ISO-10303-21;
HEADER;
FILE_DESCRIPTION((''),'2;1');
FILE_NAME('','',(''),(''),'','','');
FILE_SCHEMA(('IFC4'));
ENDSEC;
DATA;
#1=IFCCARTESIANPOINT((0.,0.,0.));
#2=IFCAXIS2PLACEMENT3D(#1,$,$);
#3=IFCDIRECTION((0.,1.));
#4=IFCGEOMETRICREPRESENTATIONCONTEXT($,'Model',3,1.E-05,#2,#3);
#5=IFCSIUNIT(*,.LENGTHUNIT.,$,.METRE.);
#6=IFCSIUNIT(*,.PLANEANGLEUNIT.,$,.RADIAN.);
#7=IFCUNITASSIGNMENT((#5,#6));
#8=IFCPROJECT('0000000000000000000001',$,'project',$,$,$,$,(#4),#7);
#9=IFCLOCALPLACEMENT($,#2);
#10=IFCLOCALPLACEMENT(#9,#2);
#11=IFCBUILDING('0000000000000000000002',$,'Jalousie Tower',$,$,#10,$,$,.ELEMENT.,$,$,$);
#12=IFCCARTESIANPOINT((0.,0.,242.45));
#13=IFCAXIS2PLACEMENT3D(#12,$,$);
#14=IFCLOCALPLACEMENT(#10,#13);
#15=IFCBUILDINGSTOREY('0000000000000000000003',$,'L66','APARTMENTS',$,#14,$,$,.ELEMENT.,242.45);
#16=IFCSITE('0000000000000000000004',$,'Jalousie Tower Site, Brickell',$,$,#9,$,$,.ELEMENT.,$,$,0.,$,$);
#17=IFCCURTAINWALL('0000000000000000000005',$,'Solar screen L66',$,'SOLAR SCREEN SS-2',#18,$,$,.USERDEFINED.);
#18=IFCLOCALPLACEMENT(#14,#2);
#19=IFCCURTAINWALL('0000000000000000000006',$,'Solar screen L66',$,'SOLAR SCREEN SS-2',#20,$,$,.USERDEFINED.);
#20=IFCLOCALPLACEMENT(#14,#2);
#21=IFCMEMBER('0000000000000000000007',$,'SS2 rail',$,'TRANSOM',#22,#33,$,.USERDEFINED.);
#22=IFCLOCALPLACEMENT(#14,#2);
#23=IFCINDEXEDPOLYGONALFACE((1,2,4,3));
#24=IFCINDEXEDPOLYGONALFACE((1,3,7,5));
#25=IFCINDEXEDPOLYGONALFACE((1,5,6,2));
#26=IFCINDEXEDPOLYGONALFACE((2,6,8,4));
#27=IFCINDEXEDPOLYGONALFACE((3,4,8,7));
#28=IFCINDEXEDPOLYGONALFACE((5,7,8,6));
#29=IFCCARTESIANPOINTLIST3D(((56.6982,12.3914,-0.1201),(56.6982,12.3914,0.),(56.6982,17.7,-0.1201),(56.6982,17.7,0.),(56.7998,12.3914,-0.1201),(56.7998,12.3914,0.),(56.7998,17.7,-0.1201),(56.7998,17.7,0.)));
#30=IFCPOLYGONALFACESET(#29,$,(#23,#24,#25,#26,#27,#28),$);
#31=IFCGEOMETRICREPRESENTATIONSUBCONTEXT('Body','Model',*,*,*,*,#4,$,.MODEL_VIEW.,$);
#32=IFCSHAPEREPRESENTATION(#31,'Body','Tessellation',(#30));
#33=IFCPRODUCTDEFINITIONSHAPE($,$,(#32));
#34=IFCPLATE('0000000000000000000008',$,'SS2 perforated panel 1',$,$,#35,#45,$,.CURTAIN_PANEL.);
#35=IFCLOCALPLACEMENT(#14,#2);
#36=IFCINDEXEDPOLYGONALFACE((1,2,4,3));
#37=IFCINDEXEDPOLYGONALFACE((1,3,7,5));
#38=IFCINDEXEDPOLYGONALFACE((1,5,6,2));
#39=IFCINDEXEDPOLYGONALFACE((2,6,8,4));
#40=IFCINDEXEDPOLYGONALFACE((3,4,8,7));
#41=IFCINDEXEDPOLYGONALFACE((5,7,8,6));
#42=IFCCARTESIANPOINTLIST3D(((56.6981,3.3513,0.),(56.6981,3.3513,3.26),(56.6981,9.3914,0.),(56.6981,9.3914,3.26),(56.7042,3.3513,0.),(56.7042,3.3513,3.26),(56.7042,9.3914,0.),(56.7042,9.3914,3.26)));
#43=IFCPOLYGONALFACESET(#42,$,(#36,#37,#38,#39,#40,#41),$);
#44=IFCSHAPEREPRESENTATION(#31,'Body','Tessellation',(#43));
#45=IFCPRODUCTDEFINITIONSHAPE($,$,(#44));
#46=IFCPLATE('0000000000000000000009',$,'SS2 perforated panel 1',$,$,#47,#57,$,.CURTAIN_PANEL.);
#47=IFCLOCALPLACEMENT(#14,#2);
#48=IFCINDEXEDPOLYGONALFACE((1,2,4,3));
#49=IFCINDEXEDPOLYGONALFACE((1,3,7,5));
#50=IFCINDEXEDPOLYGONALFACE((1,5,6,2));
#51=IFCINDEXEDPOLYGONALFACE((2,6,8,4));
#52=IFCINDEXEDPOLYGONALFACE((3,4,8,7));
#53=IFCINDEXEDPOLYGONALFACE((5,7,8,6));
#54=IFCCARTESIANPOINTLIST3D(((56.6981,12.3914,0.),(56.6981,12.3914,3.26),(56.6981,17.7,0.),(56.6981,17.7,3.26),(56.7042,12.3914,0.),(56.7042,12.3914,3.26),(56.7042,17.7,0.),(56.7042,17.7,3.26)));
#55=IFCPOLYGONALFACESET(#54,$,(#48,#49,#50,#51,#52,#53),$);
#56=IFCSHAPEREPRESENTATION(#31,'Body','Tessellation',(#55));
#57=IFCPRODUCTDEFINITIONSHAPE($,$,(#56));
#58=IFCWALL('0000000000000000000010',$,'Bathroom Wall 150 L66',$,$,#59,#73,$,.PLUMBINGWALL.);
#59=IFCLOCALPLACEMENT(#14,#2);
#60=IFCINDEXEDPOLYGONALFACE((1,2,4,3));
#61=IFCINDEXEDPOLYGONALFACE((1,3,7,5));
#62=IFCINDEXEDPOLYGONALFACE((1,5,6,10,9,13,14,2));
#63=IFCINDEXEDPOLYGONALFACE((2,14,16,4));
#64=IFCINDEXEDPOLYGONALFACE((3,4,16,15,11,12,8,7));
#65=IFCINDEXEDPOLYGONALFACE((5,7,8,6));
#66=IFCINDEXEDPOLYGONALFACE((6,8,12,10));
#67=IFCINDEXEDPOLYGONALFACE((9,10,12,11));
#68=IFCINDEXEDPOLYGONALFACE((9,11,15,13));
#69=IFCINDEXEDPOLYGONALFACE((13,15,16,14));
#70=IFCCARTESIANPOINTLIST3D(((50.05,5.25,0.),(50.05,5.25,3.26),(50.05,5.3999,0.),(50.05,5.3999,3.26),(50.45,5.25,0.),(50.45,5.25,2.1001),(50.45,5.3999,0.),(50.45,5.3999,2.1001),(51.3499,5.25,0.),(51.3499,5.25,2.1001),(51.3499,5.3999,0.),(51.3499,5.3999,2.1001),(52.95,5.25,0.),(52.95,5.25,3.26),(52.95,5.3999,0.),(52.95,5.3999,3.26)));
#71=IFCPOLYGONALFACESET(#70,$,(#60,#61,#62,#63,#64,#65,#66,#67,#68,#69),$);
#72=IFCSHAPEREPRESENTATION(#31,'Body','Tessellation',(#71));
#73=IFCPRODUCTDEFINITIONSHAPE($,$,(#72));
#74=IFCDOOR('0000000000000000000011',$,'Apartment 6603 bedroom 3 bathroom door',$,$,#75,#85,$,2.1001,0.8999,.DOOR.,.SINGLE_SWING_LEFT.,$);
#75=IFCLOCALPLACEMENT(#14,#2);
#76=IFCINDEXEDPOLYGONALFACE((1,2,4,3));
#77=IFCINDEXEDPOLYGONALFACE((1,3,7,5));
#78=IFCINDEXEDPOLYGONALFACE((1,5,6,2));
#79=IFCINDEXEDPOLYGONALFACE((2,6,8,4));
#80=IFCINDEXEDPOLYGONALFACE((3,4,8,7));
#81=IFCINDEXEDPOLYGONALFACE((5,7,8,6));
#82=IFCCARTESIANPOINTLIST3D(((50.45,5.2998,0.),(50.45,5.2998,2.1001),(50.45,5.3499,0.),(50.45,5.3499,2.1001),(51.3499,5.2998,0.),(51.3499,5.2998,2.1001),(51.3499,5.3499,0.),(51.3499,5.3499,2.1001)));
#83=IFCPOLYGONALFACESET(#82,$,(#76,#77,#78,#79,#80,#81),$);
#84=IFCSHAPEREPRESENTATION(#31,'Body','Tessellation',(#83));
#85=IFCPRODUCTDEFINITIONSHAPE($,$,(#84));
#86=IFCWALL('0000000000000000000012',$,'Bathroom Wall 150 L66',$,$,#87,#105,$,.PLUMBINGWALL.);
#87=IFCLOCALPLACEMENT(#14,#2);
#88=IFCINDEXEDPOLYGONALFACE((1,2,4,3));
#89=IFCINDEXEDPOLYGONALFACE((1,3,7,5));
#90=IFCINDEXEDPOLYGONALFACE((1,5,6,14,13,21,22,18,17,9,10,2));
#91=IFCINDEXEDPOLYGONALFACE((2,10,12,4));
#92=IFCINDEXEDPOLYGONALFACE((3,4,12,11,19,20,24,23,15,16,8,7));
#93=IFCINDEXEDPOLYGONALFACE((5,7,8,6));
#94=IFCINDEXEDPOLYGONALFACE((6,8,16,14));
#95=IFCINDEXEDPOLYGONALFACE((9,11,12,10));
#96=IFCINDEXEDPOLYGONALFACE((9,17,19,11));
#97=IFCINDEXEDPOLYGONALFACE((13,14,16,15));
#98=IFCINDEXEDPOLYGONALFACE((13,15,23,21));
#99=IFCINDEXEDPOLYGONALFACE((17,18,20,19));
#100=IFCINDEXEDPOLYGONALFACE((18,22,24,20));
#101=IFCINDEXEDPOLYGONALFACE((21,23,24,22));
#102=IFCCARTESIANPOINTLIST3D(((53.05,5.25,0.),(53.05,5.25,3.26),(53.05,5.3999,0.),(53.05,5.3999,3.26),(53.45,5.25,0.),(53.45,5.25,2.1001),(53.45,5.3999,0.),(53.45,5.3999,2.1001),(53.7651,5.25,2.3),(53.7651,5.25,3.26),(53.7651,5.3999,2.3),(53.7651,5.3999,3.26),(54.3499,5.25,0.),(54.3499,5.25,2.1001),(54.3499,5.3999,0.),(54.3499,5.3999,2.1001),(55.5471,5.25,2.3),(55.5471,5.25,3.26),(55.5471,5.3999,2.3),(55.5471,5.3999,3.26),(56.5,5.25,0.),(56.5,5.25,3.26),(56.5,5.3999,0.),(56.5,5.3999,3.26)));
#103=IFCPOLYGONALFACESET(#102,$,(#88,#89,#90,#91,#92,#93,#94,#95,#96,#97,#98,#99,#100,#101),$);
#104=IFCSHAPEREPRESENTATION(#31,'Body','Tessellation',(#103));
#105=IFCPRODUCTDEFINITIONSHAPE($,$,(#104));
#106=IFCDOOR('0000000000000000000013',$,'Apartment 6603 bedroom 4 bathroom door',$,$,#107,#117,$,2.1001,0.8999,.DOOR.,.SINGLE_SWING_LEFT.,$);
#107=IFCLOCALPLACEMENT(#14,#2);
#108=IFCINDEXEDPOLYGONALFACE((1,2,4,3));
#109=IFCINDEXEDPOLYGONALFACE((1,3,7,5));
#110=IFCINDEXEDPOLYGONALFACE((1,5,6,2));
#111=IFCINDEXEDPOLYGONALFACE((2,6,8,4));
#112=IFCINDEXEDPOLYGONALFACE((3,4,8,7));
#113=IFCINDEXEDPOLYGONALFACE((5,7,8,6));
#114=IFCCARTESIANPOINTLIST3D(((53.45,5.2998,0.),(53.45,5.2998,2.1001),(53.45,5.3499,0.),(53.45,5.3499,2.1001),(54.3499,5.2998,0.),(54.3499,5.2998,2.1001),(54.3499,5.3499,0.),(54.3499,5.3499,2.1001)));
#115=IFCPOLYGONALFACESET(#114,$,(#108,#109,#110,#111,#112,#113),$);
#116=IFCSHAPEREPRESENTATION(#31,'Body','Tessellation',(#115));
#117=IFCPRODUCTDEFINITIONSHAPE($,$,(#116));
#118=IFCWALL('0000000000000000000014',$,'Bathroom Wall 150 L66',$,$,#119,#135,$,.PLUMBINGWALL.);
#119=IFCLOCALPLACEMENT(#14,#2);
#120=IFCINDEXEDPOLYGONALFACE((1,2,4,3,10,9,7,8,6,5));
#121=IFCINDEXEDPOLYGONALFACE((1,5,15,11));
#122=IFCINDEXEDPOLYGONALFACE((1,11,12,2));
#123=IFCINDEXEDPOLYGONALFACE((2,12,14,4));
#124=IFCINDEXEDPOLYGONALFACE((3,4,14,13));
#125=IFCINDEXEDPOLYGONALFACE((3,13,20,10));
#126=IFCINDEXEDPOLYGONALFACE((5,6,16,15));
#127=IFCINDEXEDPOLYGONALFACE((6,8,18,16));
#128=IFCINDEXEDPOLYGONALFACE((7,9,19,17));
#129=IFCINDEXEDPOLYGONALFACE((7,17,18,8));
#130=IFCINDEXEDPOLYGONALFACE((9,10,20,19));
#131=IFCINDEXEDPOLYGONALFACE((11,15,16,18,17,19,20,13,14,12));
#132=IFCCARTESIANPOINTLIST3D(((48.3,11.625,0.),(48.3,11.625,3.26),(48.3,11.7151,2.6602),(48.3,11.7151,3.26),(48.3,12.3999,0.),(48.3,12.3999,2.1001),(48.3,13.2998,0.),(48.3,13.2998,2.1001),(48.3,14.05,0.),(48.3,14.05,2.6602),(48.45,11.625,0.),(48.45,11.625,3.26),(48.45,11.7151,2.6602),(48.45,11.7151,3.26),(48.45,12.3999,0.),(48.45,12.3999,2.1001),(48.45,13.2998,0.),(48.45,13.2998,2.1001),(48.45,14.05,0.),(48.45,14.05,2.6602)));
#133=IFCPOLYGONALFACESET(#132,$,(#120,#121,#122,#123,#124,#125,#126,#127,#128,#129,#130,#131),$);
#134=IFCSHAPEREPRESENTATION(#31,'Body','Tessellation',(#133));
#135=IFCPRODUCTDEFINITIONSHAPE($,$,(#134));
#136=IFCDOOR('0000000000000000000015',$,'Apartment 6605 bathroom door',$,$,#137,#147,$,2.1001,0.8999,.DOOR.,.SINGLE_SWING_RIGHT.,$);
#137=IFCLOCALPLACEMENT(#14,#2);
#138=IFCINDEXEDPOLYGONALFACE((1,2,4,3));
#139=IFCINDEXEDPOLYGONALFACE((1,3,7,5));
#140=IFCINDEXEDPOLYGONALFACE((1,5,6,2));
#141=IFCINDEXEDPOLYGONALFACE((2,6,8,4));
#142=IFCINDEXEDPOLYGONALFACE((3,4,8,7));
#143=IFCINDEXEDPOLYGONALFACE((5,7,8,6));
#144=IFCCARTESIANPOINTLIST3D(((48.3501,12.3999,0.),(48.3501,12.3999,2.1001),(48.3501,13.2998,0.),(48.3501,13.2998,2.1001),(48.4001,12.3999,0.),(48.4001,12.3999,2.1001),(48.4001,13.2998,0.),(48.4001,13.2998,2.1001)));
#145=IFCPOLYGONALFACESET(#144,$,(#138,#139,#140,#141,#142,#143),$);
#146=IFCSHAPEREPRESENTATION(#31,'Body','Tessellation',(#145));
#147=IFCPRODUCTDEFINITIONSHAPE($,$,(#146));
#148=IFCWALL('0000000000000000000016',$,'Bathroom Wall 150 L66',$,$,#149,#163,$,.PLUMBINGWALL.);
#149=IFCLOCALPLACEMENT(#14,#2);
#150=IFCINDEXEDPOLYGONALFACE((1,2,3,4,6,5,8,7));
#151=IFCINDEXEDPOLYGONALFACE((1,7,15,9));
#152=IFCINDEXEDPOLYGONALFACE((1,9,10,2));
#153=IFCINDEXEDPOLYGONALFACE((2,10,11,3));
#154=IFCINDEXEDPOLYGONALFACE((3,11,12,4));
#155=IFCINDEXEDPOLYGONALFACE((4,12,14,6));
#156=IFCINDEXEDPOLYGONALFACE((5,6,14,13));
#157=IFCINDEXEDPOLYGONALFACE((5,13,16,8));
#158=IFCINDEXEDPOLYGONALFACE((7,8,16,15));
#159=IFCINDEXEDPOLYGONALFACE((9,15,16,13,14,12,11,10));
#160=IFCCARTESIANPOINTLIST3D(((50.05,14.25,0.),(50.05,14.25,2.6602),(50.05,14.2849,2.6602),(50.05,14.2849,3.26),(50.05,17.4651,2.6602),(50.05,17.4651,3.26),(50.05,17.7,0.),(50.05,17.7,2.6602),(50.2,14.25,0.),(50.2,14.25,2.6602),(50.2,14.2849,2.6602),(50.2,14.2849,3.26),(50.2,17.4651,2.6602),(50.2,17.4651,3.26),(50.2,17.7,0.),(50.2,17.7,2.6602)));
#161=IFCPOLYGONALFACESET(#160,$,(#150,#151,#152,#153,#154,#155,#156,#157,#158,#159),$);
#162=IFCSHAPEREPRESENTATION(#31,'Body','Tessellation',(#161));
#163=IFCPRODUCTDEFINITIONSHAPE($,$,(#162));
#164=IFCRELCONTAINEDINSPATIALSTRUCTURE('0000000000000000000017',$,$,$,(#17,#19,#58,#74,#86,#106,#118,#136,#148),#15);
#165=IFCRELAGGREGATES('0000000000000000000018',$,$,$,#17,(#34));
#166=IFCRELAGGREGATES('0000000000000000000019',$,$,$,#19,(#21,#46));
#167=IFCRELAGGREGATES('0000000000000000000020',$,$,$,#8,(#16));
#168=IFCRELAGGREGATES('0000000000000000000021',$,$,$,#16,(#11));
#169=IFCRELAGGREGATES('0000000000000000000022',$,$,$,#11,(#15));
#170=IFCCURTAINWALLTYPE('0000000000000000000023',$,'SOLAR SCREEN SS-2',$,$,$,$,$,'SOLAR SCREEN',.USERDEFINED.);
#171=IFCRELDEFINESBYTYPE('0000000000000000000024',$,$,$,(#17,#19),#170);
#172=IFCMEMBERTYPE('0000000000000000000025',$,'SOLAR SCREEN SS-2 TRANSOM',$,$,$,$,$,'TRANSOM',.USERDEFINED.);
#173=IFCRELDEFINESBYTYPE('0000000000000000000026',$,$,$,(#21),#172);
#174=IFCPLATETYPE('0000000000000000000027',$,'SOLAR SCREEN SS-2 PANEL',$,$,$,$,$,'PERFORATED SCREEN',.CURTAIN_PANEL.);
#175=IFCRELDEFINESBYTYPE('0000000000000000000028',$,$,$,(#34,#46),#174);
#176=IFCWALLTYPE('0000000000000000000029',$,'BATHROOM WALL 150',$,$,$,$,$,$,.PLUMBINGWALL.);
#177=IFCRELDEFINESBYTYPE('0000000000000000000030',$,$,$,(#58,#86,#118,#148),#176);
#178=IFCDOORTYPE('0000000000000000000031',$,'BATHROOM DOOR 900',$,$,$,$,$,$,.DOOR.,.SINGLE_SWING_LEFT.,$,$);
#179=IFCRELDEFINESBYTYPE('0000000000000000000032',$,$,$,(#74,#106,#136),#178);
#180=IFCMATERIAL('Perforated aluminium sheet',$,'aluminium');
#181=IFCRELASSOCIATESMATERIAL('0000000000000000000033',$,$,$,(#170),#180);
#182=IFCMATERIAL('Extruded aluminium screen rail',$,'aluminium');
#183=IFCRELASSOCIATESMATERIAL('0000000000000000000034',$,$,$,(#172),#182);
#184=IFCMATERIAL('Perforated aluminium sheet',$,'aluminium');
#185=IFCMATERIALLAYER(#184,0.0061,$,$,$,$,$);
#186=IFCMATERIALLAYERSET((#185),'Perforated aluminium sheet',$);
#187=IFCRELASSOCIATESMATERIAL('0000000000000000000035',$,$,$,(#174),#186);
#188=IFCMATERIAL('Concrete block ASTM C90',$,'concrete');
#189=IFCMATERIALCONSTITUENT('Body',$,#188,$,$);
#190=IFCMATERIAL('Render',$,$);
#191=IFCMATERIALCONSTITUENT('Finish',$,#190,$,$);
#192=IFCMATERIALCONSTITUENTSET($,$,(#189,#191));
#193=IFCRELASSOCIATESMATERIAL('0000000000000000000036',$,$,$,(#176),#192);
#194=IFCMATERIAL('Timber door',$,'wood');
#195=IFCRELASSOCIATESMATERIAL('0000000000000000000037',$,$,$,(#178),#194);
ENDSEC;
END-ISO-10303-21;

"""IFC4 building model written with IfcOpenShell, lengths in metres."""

from ifc_helpers import new_model, si_unit, direction, frame, frame_2d, origin, origin_2d, place, context, subcontext, project, spatial, polyline, rectangle, outline, extrude, material, layer, layer_set, constituent, constituent_set, material_profile, profile_set, type_object, element, fill, aggregate, save


model = new_model("IFC4")

# Units and contexts
model_context = context("Model", 3, precision=1e-05, world=origin(), true_north=direction((0.0, 1.0)))
body_context = subcontext(model_context, "Body", "Model", "MODEL_VIEW")
ifc_project = project(units=[si_unit("LENGTHUNIT", "METRE"), si_unit("PLANEANGLEUNIT", "RADIAN")], contexts=[model_context])

# Site, building, storey
site_placement = place(None, origin())
site = spatial("IfcSite", under=ifc_project, at=site_placement, Name="Jalousie Tower Site, Brickell", CompositionType="ELEMENT", RefElevation=0.0)
building_placement = place(site_placement, origin())
building = spatial("IfcBuilding", under=site, at=building_placement, Name="Jalousie Tower", CompositionType="ELEMENT")
storey_placement = place(building_placement, frame((0.0, 0.0, 242.45)))
storey = spatial("IfcBuildingStorey", under=building, at=storey_placement, Name="L66", Description="APARTMENTS", CompositionType="ELEMENT", Elevation=242.45)

# Curtain wall
ifc_material_1 = material(Name="Perforated aluminium sheet", Category="aluminium")
curtain_wall_type = type_object("IfcCurtainWallType", Name="SOLAR SCREEN SS-2", ElementType="SOLAR SCREEN", PredefinedType="USERDEFINED", material=ifc_material_1)
curtain_wall_1_placement = place(storey_placement, origin())
curtain_wall_1 = element("IfcCurtainWall", 1, at=curtain_wall_1_placement, inside=storey, type_object=curtain_wall_type, Name="Solar screen L66", ObjectType="SOLAR SCREEN SS-2", PredefinedType="USERDEFINED")

# Curtain wall
curtain_wall_2_placement = place(storey_placement, origin())
curtain_wall_2 = element("IfcCurtainWall", 2, at=curtain_wall_2_placement, inside=storey, type_object=curtain_wall_type, Name="Solar screen L66", ObjectType="SOLAR SCREEN SS-2", PredefinedType="USERDEFINED")

# Member
ifc_material_2 = material(Name="Extruded aluminium screen rail", Category="aluminium")
ifc_material_profile_1 = material_profile(ifc_material_2, rectangle(XDim=0.1016, YDim=0.1201, at=origin_2d()), Name="RAIL 102x120")
ifc_profile_set_1 = profile_set([ifc_material_profile_1], Name="Extruded aluminium screen rail")
member_type_1 = type_object("IfcMemberType", Name="SOLAR SCREEN SS-2 TRANSOM", ElementType="TRANSOM", PredefinedType="USERDEFINED", material=ifc_profile_set_1)
member_1_placement = place(storey_placement, frame((56.749, 12.3914, -0.0601), z_axis=(0.0, 1.0, 0.0), x_axis=(-1.0, 0.0, 0.0)))
member_1 = element("IfcMember", 3, at=member_1_placement, type_object=member_type_1, Name="SS2 rail", ObjectType="TRANSOM", PredefinedType="USERDEFINED", context=body_context, shape_type="SweptSolid", body=[
    extrude(rectangle(XDim=0.1016, YDim=0.1201, at=origin_2d()), origin(), (0.0, 0.0, 1.0), 5.3086),
])

# Plates
ifc_material_3 = material(Name="Perforated aluminium sheet", Category="aluminium")
ifc_layer = layer(ifc_material_3, 0.0061)
ifc_layer_set = layer_set([ifc_layer], Name="Perforated aluminium sheet")
plate_type = type_object("IfcPlateType", Name="SOLAR SCREEN SS-2 PANEL", ElementType="PERFORATED SCREEN", PredefinedType="CURTAIN_PANEL", material=ifc_layer_set)
plate_1_placement = place(storey_placement, frame((56.7012, 6.3713, 0.0), z_axis=(0.0, 0.0, 1.0), x_axis=(0.0, 1.0, 0.0)))
plate_1 = element("IfcPlate", 4, at=plate_1_placement, type_object=plate_type, Name="SS2 perforated panel 1", PredefinedType="CURTAIN_PANEL", context=body_context, shape_type="SweptSolid", body=[
    extrude(rectangle(XDim=6.04, YDim=0.0061, at=origin_2d()), origin(), (0.0, 0.0, 1.0), 3.26),
])
aggregate(curtain_wall_1, [plate_1])
plate_2_placement = place(storey_placement, frame((56.7012, 15.0457, 0.0), z_axis=(0.0, 0.0, 1.0), x_axis=(0.0, 1.0, 0.0)))
plate_2 = element("IfcPlate", 5, at=plate_2_placement, type_object=plate_type, Name="SS2 perforated panel 1", PredefinedType="CURTAIN_PANEL", context=body_context, shape_type="SweptSolid", body=[
    extrude(rectangle(XDim=5.3086, YDim=0.0061, at=origin_2d()), origin(), (0.0, 0.0, 1.0), 3.26),
])
aggregate(curtain_wall_2, [member_1, plate_2])

# Walls, openings, doors
ifc_material_4 = material(Name="Concrete block ASTM C90", Category="concrete")
ifc_constituent_1 = constituent(ifc_material_4, Name="Body")
ifc_material_5 = material(Name="Render")
ifc_constituent_2 = constituent(ifc_material_5, Name="Finish")
ifc_constituent_set_1 = constituent_set(constituents=[ifc_constituent_1, ifc_constituent_2])
wall_type_1 = type_object("IfcWallType", Name="BATHROOM WALL 150", PredefinedType="PLUMBINGWALL", material=ifc_constituent_set_1)
wall_1_placement = place(storey_placement, frame((50.05, 5.325, 0.0), z_axis=(0.0, 0.0, 1.0), x_axis=(1.0, 0.0, 0.0)))
wall_1 = element("IfcWall", 6, at=wall_1_placement, inside=storey, type_object=wall_type_1, Name="Bathroom Wall 150 L66", PredefinedType="PLUMBINGWALL", context=body_context, shape_type="SweptSolid", body=[
    extrude(rectangle(XDim=2.8999, YDim=0.1499, at=frame_2d((1.45, 0.0))), origin(), (0.0, 0.0, 1.0), 3.26),
])
opening_1_placement = place(wall_1_placement, frame((0.3999, 0.0, 0.0)))
opening_1 = element("IfcOpeningElement", 7, at=opening_1_placement, cuts=wall_1, PredefinedType="OPENING", context=body_context, shape_type="SweptSolid", body=[
    extrude(rectangle(XDim=0.8999, YDim=2.1001, at=frame_2d((0.45, 1.05))), frame((0.0, 0.085, 0.0), z_axis=(0.0, -1.0, 0.0), x_axis=(1.0, 0.0, 0.0)), (0.0, 0.0, 1.0), 0.1699),
])
ifc_material_6 = material(Name="Timber door", Category="wood")
door_type_1 = type_object("IfcDoorType", Name="BATHROOM DOOR 900", OperationType="SINGLE_SWING_LEFT", PredefinedType="DOOR", material=ifc_material_6)
door_1_placement = place(opening_1_placement, origin())
door_1 = element("IfcDoor", 8, at=door_1_placement, inside=storey, type_object=door_type_1, Name="Apartment 6603 bedroom 3 bathroom door", OperationType="SINGLE_SWING_LEFT", OverallHeight=2.1001, OverallWidth=0.8999, PredefinedType="DOOR", context=body_context, shape_type="SweptSolid", body=[
    extrude(rectangle(XDim=0.8999, YDim=2.1001, at=frame_2d((0.45, 1.05))), frame((0.0, 0.0249, 0.0), z_axis=(0.0, -1.0, 0.0), x_axis=(1.0, 0.0, 0.0)), (0.0, 0.0, 1.0), 0.05),
])
fill(opening_1, door_1)
wall_2_placement = place(storey_placement, frame((53.05, 5.325, 0.0), z_axis=(0.0, 0.0, 1.0), x_axis=(1.0, 0.0, 0.0)))
wall_2 = element("IfcWall", 9, at=wall_2_placement, inside=storey, type_object=wall_type_1, Name="Bathroom Wall 150 L66", PredefinedType="PLUMBINGWALL", context=body_context, shape_type="SweptSolid", body=[
    extrude(outline(polyline([(0.0, 0.0), (3.45, 0.0), (3.45, 3.26), (2.4971, 3.26), (2.4971, 2.3), (0.7151, 2.3), (0.7151, 3.26), (0.0, 3.26), (0.0, 0.0)])), frame((0.0, 0.075, 0.0), z_axis=(0.0, -1.0, 0.0), x_axis=(1.0, 0.0, 0.0)), (0.0, 0.0, 1.0), 0.1499),
])
opening_2_placement = place(wall_2_placement, frame((0.3999, 0.0, 0.0)))
opening_2 = element("IfcOpeningElement", 10, at=opening_2_placement, cuts=wall_2, PredefinedType="OPENING", context=body_context, shape_type="SweptSolid", body=[
    extrude(rectangle(XDim=0.8999, YDim=2.1001, at=frame_2d((0.45, 1.05))), frame((0.0, 0.085, 0.0), z_axis=(0.0, -1.0, 0.0), x_axis=(1.0, 0.0, 0.0)), (0.0, 0.0, 1.0), 0.1699),
])
door_2_placement = place(opening_2_placement, origin())
door_2 = element("IfcDoor", 11, at=door_2_placement, inside=storey, type_object=door_type_1, Name="Apartment 6603 bedroom 4 bathroom door", OperationType="SINGLE_SWING_LEFT", OverallHeight=2.1001, OverallWidth=0.8999, PredefinedType="DOOR", context=body_context, shape_type="SweptSolid", body=[
    extrude(rectangle(XDim=0.8999, YDim=2.1001, at=frame_2d((0.45, 1.05))), frame((0.0, 0.0249, 0.0), z_axis=(0.0, -1.0, 0.0), x_axis=(1.0, 0.0, 0.0)), (0.0, 0.0, 1.0), 0.05),
])
fill(opening_2, door_2)
wall_3_placement = place(storey_placement, frame((48.375, 11.625, 0.0), z_axis=(0.0, 0.0, 1.0), x_axis=(0.0, 1.0, 0.0)))
wall_3 = element("IfcWall", 12, at=wall_3_placement, inside=storey, type_object=wall_type_1, Name="Bathroom Wall 150 L66", PredefinedType="PLUMBINGWALL", context=body_context, shape_type="SweptSolid", body=[
    extrude(outline(polyline([(0.0, 0.0), (2.425, 0.0), (2.425, 3.26), (2.425, 2.6602), (0.0901, 2.6602), (0.0901, 3.26), (0.0, 3.26), (0.0, 0.0)])), frame((0.0, 0.075, 0.0), z_axis=(0.0, -1.0, 0.0), x_axis=(1.0, 0.0, 0.0)), (0.0, 0.0, 1.0), 0.1499),
])
opening_3_placement = place(wall_3_placement, frame((0.7749, 0.0, 0.0)))
opening_3 = element("IfcOpeningElement", 13, at=opening_3_placement, cuts=wall_3, PredefinedType="OPENING", context=body_context, shape_type="SweptSolid", body=[
    extrude(rectangle(XDim=0.8999, YDim=2.1001, at=frame_2d((0.45, 1.05))), frame((0.0, 0.085, 0.0), z_axis=(0.0, -1.0, 0.0), x_axis=(1.0, 0.0, 0.0)), (0.0, 0.0, 1.0), 0.1699),
])
door_3_placement = place(opening_3_placement, origin())
door_3 = element("IfcDoor", 14, at=door_3_placement, inside=storey, type_object=door_type_1, Name="Apartment 6605 bathroom door", OperationType="SINGLE_SWING_RIGHT", OverallHeight=2.1001, OverallWidth=0.8999, PredefinedType="DOOR", context=body_context, shape_type="SweptSolid", body=[
    extrude(rectangle(XDim=0.8999, YDim=2.1001, at=frame_2d((0.45, 1.05))), frame((0.0, 0.0249, 0.0), z_axis=(0.0, -1.0, 0.0), x_axis=(1.0, 0.0, 0.0)), (0.0, 0.0, 1.0), 0.05),
])
fill(opening_3, door_3)

# Wall
wall_4_placement = place(storey_placement, frame((50.125, 14.25, 0.0), z_axis=(0.0, 0.0, 1.0), x_axis=(0.0, 1.0, 0.0)))
element("IfcWall", 15, at=wall_4_placement, inside=storey, type_object=wall_type_1, Name="Bathroom Wall 150 L66", PredefinedType="PLUMBINGWALL", context=body_context, shape_type="SweptSolid", body=[
    extrude(outline(polyline([(0.0, 0.0), (3.45, 0.0), (3.45, 3.26), (3.45, 2.6602), (3.2151, 2.6602), (3.2151, 3.26), (0.0349, 3.26), (0.0349, 2.6602), (0.0, 2.6602), (0.0, 3.26), (0.0, 0.0)])), frame((0.0, 0.075, 0.0), z_axis=(0.0, -1.0, 0.0), x_axis=(1.0, 0.0, 0.0)), (0.0, 0.0, 1.0), 0.1499),
])

save(model, "model.ifc")
